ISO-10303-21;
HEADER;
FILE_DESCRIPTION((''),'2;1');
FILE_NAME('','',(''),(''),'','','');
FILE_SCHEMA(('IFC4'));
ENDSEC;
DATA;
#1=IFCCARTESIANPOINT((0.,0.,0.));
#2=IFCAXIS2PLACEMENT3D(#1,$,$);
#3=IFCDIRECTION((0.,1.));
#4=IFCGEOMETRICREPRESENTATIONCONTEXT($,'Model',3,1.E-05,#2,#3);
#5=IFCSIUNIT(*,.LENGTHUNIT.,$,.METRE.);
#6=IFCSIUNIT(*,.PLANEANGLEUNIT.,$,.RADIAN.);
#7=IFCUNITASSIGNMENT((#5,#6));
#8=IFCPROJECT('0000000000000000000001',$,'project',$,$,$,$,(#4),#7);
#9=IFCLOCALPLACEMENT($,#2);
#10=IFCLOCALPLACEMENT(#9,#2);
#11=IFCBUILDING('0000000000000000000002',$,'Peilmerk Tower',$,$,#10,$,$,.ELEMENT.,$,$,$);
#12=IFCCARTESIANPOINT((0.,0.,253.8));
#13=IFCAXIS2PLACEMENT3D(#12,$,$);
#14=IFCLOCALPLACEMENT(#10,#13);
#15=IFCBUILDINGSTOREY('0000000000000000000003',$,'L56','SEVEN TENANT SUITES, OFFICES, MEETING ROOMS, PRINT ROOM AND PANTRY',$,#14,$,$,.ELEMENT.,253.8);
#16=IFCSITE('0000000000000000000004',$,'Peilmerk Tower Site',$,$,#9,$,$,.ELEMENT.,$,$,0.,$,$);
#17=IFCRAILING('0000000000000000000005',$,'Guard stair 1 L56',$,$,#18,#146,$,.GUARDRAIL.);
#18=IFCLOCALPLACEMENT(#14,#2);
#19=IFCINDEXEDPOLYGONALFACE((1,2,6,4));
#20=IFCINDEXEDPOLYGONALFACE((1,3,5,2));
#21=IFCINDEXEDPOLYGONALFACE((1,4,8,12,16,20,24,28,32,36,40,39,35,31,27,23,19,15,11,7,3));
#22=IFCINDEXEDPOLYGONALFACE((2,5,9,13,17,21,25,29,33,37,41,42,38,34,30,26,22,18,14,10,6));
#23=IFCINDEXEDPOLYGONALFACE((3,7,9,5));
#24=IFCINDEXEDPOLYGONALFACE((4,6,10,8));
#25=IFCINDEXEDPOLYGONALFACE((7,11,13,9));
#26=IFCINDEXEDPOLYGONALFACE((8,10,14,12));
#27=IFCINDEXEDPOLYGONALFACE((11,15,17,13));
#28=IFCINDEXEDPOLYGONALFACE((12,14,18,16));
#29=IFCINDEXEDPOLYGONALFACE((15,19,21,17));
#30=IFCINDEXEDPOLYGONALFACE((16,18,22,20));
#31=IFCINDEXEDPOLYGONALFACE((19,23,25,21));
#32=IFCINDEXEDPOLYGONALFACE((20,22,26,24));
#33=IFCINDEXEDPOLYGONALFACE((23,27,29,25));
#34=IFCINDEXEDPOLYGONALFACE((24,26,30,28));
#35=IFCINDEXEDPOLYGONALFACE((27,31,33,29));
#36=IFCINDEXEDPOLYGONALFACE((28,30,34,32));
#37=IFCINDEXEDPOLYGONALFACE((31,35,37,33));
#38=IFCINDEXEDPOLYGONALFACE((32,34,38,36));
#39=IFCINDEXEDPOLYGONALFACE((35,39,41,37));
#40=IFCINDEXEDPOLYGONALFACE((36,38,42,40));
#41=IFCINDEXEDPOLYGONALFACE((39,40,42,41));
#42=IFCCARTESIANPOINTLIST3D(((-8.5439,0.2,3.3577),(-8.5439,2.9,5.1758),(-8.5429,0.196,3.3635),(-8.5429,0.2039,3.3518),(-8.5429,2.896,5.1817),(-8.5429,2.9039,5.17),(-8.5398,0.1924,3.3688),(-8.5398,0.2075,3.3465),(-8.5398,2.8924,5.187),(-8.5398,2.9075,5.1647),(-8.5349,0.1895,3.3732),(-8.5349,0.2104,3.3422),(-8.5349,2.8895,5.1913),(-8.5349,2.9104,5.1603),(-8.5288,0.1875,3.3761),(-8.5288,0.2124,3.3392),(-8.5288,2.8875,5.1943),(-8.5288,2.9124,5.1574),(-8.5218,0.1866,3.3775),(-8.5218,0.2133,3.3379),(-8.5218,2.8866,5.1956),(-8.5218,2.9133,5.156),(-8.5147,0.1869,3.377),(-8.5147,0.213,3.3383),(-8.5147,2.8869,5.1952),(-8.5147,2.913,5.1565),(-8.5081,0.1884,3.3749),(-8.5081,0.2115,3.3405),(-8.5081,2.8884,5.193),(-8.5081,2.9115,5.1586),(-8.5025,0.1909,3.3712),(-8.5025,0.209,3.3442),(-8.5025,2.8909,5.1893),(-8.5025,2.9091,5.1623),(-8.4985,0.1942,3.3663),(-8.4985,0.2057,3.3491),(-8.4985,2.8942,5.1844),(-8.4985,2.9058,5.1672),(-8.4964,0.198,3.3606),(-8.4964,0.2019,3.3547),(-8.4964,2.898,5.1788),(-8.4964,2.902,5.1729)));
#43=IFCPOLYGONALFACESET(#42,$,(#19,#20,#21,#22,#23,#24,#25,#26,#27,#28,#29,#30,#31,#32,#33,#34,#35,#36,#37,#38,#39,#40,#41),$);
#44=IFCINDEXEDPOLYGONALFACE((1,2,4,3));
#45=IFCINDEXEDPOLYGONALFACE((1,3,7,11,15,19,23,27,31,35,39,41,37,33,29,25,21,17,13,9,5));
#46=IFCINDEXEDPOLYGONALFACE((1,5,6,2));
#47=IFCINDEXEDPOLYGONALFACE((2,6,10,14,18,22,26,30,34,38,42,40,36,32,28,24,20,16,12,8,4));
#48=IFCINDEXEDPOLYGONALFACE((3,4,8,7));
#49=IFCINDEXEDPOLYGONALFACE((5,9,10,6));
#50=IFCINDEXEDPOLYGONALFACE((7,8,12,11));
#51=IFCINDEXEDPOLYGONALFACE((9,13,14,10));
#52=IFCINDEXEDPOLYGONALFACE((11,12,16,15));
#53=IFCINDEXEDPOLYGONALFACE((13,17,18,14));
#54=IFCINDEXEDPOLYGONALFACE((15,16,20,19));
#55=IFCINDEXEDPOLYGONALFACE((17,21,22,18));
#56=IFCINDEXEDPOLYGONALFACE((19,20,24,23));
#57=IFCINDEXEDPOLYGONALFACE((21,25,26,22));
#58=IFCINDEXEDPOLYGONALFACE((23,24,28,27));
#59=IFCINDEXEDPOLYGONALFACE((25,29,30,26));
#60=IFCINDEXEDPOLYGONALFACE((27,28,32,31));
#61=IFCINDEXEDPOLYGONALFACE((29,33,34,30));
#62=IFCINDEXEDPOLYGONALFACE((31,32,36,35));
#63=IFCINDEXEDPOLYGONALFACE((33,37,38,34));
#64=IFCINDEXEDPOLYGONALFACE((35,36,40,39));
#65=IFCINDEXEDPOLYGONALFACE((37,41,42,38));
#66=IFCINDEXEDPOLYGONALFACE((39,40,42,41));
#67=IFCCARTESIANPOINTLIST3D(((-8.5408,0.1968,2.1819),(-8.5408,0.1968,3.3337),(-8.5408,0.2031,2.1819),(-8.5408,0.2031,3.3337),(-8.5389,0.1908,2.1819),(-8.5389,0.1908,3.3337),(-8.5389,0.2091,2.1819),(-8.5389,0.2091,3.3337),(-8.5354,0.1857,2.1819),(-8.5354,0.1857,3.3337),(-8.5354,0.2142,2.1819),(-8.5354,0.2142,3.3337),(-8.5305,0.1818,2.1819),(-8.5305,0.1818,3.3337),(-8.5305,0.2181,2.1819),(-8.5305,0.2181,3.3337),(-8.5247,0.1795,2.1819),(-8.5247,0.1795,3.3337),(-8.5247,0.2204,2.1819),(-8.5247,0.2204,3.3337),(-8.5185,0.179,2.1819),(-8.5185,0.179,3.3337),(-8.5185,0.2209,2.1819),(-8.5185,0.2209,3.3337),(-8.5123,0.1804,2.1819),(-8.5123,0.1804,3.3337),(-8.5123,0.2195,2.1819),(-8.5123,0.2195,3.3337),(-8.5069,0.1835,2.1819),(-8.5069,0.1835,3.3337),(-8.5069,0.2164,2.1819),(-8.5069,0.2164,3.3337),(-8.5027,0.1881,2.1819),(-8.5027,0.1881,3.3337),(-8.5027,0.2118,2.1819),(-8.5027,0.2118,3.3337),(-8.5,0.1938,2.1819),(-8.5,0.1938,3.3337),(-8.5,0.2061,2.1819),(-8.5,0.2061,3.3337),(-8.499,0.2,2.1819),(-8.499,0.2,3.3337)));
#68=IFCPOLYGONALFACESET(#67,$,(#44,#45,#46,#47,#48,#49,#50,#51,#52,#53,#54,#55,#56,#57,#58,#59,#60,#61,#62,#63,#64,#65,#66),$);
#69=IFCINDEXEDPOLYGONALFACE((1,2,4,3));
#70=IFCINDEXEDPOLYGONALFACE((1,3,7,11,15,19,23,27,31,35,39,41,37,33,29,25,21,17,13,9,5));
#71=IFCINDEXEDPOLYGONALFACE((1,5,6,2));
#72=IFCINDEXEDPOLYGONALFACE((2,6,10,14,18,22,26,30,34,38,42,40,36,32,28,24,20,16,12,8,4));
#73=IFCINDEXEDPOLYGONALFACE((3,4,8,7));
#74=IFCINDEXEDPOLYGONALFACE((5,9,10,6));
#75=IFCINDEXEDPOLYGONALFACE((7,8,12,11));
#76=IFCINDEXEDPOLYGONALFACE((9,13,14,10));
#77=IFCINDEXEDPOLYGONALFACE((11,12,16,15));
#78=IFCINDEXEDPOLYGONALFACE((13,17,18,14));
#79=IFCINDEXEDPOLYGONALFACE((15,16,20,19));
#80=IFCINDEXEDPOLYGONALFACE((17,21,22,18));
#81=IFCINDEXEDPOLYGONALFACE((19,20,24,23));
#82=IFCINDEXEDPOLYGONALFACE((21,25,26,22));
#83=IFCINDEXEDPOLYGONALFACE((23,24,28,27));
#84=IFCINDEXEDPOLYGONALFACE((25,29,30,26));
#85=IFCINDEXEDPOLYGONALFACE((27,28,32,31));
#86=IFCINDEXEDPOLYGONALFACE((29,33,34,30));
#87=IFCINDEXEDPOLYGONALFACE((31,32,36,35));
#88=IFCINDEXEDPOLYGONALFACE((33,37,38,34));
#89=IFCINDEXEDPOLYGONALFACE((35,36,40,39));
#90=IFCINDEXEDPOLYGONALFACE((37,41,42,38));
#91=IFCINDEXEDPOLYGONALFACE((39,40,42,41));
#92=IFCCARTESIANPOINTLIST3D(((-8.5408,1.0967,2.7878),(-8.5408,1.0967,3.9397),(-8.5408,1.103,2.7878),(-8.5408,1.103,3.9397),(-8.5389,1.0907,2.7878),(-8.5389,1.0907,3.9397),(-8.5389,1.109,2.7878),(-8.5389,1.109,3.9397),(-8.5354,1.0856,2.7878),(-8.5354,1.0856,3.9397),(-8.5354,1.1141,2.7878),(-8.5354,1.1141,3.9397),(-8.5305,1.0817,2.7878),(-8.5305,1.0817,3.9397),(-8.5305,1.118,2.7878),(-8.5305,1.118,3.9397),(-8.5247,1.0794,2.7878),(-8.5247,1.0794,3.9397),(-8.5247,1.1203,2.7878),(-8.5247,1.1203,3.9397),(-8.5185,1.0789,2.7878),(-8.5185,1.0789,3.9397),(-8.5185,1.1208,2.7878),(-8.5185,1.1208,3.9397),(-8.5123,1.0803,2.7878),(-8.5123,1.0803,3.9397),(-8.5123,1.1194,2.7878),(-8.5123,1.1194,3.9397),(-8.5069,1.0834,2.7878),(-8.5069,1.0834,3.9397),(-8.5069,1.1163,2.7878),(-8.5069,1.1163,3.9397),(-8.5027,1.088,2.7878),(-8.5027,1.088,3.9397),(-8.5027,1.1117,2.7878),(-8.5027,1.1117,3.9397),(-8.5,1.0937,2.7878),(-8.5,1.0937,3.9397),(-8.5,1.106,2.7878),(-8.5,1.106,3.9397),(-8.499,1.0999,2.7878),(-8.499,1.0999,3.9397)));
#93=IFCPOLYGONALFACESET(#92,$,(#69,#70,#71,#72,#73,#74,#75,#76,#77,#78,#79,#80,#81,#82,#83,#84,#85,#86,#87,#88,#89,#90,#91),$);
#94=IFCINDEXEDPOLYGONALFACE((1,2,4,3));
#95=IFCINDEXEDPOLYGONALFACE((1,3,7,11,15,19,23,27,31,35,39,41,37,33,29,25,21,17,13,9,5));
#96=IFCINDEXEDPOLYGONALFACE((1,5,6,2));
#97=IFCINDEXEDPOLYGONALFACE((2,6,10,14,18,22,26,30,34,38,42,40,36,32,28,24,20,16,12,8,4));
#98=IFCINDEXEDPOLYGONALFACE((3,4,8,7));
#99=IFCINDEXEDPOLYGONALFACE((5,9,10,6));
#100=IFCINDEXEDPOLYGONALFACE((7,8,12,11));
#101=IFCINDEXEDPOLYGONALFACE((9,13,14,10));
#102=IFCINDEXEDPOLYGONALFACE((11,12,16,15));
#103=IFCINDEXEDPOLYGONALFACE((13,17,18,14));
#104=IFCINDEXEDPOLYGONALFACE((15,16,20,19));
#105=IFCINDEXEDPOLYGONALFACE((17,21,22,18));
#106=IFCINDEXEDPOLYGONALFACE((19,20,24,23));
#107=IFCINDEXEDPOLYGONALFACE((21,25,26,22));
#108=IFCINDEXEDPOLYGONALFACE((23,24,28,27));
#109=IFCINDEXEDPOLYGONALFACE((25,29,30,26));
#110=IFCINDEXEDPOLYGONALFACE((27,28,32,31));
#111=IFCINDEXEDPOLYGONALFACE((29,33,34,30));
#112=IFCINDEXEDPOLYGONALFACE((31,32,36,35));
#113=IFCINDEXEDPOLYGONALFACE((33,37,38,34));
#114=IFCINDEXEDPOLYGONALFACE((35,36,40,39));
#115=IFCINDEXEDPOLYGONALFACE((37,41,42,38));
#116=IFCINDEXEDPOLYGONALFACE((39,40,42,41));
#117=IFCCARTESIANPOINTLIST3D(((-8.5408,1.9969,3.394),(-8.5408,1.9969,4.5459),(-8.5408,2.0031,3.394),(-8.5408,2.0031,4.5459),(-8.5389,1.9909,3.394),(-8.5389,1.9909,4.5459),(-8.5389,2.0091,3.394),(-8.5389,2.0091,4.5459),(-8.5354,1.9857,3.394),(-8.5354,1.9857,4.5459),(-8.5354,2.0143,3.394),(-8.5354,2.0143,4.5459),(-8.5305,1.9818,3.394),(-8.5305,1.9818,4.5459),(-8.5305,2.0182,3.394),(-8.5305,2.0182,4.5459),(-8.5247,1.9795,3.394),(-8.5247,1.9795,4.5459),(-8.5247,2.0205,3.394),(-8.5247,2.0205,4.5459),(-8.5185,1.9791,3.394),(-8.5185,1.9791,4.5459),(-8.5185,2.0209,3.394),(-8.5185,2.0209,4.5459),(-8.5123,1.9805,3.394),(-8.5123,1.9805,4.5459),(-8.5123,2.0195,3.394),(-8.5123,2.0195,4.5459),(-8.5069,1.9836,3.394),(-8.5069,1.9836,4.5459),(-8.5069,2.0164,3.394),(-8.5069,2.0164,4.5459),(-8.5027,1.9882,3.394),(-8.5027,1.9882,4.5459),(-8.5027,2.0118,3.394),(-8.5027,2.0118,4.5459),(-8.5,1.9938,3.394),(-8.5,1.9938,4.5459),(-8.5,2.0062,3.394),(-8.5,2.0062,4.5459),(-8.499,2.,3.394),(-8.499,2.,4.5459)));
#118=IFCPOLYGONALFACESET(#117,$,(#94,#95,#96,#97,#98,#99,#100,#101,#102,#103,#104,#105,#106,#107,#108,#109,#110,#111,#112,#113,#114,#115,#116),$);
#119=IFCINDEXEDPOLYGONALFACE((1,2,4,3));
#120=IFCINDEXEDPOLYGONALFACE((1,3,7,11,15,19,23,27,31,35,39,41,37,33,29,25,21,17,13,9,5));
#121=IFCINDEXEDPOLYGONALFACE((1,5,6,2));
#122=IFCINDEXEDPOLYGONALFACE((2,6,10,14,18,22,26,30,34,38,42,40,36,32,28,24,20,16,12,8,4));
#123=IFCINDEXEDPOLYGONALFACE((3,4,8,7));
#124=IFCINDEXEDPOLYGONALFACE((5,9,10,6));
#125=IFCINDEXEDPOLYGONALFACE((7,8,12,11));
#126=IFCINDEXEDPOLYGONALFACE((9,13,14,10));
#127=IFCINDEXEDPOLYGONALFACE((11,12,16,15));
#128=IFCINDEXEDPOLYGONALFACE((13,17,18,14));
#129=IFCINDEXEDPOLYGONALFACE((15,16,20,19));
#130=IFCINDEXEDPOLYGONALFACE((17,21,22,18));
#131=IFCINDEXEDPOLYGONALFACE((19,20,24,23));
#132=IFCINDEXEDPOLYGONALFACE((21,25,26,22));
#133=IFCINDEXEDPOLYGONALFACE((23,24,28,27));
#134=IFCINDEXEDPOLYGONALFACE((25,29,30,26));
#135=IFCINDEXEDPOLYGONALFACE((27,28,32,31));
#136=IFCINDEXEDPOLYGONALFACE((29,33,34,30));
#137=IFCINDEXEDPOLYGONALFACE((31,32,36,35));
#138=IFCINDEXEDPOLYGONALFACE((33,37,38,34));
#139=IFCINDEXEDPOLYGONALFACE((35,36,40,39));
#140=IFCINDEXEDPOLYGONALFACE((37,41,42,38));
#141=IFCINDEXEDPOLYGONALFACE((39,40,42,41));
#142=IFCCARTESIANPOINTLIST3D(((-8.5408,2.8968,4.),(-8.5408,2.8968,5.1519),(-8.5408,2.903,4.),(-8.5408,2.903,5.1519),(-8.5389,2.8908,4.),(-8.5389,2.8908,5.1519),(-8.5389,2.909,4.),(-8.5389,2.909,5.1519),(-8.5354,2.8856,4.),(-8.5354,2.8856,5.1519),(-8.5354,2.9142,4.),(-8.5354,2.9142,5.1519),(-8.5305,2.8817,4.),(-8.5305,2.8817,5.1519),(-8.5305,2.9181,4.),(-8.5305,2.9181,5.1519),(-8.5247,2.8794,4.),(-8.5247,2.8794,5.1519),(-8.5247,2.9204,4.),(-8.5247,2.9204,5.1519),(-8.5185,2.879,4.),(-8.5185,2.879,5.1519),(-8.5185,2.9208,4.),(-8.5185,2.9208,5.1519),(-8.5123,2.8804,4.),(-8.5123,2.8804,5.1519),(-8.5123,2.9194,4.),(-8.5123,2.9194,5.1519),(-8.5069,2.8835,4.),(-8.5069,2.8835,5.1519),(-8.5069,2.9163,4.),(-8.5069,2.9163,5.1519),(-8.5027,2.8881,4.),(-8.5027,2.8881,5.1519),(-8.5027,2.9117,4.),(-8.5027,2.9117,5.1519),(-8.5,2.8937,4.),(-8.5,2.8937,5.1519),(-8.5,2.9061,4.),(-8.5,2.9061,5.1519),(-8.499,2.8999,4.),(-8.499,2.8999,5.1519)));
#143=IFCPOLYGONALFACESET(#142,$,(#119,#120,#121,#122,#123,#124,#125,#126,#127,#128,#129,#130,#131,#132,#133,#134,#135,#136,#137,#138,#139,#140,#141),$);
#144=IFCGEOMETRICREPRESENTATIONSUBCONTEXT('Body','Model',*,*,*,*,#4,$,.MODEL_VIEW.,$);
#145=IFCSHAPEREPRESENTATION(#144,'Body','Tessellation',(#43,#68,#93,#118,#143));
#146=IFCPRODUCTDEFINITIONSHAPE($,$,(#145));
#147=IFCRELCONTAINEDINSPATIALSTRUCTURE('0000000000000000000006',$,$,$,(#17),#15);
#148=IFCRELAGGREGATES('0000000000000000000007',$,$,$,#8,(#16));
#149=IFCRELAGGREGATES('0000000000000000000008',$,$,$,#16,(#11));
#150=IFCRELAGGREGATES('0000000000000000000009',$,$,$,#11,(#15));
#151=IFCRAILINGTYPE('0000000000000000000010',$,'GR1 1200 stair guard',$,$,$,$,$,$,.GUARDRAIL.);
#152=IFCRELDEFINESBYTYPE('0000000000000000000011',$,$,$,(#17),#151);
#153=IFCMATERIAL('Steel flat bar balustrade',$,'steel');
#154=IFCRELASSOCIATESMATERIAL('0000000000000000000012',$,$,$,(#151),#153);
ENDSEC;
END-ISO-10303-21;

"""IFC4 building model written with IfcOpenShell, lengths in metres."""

from ifc_helpers import new_model, si_unit, direction, frame, origin, origin_2d, place, context, subcontext, project, spatial, circle, extrude, material, type_object, element, save


model = new_model("IFC4")

# Units and contexts
model_context = context("Model", 3, precision=1e-05, world=origin(), true_north=direction((0.0, 1.0)))
body_context = subcontext(model_context, "Body", "Model", "MODEL_VIEW")
ifc_project = project(units=[si_unit("LENGTHUNIT", "METRE"), si_unit("PLANEANGLEUNIT", "RADIAN")], contexts=[model_context])

# Site, building, storey
site_placement = place(None, origin())
site = spatial("IfcSite", under=ifc_project, at=site_placement, Name="Peilmerk Tower Site", CompositionType="ELEMENT", RefElevation=0.0)
building_placement = place(site_placement, origin())
building = spatial("IfcBuilding", under=site, at=building_placement, Name="Peilmerk Tower", CompositionType="ELEMENT")
storey_placement = place(building_placement, frame((0.0, 0.0, 253.8)))
storey = spatial("IfcBuildingStorey", under=building, at=storey_placement, Name="L56", Description="SEVEN TENANT SUITES, OFFICES, MEETING ROOMS, PRINT ROOM AND PANTRY", CompositionType="ELEMENT", Elevation=253.8)

# Railing
ifc_material_1 = material(Name="Steel flat bar balustrade", Category="steel")
railing_type_1 = type_object("IfcRailingType", Name="GR1 1200 stair guard", PredefinedType="GUARDRAIL", material=ifc_material_1)
railing_1_placement = place(storey_placement, frame((-8.52, 0.2, 2.1819)))
element("IfcRailing", 1, at=railing_1_placement, inside=storey, type_object=railing_type_1, Name="Guard stair 1 L56", PredefinedType="GUARDRAIL", context=body_context, shape_type="SweptSolid", body=[
    extrude(circle(Radius=0.0239, at=origin_2d()), frame((0.0, 0.0, 1.1758), z_axis=(0.0, 0.829468, 0.558554), x_axis=(-1.0, 0.0, 0.0)), (0.0, 0.0, 1.0), 3.2551),
    extrude(circle(Radius=0.021, at=origin_2d()), origin(), (0.0, 0.0, 1.0), 1.1519),
    extrude(circle(Radius=0.021, at=origin_2d()), frame((0.0, 0.8999, 0.606)), (0.0, 0.0, 1.0), 1.1519),
    extrude(circle(Radius=0.021, at=origin_2d()), frame((0.0, 1.8, 1.2122)), (0.0, 0.0, 1.0), 1.1519),
    extrude(circle(Radius=0.021, at=origin_2d()), frame((0.0, 2.7, 1.8181)), (0.0, 0.0, 1.0), 1.1519),
])

save(model, "model.ifc")
